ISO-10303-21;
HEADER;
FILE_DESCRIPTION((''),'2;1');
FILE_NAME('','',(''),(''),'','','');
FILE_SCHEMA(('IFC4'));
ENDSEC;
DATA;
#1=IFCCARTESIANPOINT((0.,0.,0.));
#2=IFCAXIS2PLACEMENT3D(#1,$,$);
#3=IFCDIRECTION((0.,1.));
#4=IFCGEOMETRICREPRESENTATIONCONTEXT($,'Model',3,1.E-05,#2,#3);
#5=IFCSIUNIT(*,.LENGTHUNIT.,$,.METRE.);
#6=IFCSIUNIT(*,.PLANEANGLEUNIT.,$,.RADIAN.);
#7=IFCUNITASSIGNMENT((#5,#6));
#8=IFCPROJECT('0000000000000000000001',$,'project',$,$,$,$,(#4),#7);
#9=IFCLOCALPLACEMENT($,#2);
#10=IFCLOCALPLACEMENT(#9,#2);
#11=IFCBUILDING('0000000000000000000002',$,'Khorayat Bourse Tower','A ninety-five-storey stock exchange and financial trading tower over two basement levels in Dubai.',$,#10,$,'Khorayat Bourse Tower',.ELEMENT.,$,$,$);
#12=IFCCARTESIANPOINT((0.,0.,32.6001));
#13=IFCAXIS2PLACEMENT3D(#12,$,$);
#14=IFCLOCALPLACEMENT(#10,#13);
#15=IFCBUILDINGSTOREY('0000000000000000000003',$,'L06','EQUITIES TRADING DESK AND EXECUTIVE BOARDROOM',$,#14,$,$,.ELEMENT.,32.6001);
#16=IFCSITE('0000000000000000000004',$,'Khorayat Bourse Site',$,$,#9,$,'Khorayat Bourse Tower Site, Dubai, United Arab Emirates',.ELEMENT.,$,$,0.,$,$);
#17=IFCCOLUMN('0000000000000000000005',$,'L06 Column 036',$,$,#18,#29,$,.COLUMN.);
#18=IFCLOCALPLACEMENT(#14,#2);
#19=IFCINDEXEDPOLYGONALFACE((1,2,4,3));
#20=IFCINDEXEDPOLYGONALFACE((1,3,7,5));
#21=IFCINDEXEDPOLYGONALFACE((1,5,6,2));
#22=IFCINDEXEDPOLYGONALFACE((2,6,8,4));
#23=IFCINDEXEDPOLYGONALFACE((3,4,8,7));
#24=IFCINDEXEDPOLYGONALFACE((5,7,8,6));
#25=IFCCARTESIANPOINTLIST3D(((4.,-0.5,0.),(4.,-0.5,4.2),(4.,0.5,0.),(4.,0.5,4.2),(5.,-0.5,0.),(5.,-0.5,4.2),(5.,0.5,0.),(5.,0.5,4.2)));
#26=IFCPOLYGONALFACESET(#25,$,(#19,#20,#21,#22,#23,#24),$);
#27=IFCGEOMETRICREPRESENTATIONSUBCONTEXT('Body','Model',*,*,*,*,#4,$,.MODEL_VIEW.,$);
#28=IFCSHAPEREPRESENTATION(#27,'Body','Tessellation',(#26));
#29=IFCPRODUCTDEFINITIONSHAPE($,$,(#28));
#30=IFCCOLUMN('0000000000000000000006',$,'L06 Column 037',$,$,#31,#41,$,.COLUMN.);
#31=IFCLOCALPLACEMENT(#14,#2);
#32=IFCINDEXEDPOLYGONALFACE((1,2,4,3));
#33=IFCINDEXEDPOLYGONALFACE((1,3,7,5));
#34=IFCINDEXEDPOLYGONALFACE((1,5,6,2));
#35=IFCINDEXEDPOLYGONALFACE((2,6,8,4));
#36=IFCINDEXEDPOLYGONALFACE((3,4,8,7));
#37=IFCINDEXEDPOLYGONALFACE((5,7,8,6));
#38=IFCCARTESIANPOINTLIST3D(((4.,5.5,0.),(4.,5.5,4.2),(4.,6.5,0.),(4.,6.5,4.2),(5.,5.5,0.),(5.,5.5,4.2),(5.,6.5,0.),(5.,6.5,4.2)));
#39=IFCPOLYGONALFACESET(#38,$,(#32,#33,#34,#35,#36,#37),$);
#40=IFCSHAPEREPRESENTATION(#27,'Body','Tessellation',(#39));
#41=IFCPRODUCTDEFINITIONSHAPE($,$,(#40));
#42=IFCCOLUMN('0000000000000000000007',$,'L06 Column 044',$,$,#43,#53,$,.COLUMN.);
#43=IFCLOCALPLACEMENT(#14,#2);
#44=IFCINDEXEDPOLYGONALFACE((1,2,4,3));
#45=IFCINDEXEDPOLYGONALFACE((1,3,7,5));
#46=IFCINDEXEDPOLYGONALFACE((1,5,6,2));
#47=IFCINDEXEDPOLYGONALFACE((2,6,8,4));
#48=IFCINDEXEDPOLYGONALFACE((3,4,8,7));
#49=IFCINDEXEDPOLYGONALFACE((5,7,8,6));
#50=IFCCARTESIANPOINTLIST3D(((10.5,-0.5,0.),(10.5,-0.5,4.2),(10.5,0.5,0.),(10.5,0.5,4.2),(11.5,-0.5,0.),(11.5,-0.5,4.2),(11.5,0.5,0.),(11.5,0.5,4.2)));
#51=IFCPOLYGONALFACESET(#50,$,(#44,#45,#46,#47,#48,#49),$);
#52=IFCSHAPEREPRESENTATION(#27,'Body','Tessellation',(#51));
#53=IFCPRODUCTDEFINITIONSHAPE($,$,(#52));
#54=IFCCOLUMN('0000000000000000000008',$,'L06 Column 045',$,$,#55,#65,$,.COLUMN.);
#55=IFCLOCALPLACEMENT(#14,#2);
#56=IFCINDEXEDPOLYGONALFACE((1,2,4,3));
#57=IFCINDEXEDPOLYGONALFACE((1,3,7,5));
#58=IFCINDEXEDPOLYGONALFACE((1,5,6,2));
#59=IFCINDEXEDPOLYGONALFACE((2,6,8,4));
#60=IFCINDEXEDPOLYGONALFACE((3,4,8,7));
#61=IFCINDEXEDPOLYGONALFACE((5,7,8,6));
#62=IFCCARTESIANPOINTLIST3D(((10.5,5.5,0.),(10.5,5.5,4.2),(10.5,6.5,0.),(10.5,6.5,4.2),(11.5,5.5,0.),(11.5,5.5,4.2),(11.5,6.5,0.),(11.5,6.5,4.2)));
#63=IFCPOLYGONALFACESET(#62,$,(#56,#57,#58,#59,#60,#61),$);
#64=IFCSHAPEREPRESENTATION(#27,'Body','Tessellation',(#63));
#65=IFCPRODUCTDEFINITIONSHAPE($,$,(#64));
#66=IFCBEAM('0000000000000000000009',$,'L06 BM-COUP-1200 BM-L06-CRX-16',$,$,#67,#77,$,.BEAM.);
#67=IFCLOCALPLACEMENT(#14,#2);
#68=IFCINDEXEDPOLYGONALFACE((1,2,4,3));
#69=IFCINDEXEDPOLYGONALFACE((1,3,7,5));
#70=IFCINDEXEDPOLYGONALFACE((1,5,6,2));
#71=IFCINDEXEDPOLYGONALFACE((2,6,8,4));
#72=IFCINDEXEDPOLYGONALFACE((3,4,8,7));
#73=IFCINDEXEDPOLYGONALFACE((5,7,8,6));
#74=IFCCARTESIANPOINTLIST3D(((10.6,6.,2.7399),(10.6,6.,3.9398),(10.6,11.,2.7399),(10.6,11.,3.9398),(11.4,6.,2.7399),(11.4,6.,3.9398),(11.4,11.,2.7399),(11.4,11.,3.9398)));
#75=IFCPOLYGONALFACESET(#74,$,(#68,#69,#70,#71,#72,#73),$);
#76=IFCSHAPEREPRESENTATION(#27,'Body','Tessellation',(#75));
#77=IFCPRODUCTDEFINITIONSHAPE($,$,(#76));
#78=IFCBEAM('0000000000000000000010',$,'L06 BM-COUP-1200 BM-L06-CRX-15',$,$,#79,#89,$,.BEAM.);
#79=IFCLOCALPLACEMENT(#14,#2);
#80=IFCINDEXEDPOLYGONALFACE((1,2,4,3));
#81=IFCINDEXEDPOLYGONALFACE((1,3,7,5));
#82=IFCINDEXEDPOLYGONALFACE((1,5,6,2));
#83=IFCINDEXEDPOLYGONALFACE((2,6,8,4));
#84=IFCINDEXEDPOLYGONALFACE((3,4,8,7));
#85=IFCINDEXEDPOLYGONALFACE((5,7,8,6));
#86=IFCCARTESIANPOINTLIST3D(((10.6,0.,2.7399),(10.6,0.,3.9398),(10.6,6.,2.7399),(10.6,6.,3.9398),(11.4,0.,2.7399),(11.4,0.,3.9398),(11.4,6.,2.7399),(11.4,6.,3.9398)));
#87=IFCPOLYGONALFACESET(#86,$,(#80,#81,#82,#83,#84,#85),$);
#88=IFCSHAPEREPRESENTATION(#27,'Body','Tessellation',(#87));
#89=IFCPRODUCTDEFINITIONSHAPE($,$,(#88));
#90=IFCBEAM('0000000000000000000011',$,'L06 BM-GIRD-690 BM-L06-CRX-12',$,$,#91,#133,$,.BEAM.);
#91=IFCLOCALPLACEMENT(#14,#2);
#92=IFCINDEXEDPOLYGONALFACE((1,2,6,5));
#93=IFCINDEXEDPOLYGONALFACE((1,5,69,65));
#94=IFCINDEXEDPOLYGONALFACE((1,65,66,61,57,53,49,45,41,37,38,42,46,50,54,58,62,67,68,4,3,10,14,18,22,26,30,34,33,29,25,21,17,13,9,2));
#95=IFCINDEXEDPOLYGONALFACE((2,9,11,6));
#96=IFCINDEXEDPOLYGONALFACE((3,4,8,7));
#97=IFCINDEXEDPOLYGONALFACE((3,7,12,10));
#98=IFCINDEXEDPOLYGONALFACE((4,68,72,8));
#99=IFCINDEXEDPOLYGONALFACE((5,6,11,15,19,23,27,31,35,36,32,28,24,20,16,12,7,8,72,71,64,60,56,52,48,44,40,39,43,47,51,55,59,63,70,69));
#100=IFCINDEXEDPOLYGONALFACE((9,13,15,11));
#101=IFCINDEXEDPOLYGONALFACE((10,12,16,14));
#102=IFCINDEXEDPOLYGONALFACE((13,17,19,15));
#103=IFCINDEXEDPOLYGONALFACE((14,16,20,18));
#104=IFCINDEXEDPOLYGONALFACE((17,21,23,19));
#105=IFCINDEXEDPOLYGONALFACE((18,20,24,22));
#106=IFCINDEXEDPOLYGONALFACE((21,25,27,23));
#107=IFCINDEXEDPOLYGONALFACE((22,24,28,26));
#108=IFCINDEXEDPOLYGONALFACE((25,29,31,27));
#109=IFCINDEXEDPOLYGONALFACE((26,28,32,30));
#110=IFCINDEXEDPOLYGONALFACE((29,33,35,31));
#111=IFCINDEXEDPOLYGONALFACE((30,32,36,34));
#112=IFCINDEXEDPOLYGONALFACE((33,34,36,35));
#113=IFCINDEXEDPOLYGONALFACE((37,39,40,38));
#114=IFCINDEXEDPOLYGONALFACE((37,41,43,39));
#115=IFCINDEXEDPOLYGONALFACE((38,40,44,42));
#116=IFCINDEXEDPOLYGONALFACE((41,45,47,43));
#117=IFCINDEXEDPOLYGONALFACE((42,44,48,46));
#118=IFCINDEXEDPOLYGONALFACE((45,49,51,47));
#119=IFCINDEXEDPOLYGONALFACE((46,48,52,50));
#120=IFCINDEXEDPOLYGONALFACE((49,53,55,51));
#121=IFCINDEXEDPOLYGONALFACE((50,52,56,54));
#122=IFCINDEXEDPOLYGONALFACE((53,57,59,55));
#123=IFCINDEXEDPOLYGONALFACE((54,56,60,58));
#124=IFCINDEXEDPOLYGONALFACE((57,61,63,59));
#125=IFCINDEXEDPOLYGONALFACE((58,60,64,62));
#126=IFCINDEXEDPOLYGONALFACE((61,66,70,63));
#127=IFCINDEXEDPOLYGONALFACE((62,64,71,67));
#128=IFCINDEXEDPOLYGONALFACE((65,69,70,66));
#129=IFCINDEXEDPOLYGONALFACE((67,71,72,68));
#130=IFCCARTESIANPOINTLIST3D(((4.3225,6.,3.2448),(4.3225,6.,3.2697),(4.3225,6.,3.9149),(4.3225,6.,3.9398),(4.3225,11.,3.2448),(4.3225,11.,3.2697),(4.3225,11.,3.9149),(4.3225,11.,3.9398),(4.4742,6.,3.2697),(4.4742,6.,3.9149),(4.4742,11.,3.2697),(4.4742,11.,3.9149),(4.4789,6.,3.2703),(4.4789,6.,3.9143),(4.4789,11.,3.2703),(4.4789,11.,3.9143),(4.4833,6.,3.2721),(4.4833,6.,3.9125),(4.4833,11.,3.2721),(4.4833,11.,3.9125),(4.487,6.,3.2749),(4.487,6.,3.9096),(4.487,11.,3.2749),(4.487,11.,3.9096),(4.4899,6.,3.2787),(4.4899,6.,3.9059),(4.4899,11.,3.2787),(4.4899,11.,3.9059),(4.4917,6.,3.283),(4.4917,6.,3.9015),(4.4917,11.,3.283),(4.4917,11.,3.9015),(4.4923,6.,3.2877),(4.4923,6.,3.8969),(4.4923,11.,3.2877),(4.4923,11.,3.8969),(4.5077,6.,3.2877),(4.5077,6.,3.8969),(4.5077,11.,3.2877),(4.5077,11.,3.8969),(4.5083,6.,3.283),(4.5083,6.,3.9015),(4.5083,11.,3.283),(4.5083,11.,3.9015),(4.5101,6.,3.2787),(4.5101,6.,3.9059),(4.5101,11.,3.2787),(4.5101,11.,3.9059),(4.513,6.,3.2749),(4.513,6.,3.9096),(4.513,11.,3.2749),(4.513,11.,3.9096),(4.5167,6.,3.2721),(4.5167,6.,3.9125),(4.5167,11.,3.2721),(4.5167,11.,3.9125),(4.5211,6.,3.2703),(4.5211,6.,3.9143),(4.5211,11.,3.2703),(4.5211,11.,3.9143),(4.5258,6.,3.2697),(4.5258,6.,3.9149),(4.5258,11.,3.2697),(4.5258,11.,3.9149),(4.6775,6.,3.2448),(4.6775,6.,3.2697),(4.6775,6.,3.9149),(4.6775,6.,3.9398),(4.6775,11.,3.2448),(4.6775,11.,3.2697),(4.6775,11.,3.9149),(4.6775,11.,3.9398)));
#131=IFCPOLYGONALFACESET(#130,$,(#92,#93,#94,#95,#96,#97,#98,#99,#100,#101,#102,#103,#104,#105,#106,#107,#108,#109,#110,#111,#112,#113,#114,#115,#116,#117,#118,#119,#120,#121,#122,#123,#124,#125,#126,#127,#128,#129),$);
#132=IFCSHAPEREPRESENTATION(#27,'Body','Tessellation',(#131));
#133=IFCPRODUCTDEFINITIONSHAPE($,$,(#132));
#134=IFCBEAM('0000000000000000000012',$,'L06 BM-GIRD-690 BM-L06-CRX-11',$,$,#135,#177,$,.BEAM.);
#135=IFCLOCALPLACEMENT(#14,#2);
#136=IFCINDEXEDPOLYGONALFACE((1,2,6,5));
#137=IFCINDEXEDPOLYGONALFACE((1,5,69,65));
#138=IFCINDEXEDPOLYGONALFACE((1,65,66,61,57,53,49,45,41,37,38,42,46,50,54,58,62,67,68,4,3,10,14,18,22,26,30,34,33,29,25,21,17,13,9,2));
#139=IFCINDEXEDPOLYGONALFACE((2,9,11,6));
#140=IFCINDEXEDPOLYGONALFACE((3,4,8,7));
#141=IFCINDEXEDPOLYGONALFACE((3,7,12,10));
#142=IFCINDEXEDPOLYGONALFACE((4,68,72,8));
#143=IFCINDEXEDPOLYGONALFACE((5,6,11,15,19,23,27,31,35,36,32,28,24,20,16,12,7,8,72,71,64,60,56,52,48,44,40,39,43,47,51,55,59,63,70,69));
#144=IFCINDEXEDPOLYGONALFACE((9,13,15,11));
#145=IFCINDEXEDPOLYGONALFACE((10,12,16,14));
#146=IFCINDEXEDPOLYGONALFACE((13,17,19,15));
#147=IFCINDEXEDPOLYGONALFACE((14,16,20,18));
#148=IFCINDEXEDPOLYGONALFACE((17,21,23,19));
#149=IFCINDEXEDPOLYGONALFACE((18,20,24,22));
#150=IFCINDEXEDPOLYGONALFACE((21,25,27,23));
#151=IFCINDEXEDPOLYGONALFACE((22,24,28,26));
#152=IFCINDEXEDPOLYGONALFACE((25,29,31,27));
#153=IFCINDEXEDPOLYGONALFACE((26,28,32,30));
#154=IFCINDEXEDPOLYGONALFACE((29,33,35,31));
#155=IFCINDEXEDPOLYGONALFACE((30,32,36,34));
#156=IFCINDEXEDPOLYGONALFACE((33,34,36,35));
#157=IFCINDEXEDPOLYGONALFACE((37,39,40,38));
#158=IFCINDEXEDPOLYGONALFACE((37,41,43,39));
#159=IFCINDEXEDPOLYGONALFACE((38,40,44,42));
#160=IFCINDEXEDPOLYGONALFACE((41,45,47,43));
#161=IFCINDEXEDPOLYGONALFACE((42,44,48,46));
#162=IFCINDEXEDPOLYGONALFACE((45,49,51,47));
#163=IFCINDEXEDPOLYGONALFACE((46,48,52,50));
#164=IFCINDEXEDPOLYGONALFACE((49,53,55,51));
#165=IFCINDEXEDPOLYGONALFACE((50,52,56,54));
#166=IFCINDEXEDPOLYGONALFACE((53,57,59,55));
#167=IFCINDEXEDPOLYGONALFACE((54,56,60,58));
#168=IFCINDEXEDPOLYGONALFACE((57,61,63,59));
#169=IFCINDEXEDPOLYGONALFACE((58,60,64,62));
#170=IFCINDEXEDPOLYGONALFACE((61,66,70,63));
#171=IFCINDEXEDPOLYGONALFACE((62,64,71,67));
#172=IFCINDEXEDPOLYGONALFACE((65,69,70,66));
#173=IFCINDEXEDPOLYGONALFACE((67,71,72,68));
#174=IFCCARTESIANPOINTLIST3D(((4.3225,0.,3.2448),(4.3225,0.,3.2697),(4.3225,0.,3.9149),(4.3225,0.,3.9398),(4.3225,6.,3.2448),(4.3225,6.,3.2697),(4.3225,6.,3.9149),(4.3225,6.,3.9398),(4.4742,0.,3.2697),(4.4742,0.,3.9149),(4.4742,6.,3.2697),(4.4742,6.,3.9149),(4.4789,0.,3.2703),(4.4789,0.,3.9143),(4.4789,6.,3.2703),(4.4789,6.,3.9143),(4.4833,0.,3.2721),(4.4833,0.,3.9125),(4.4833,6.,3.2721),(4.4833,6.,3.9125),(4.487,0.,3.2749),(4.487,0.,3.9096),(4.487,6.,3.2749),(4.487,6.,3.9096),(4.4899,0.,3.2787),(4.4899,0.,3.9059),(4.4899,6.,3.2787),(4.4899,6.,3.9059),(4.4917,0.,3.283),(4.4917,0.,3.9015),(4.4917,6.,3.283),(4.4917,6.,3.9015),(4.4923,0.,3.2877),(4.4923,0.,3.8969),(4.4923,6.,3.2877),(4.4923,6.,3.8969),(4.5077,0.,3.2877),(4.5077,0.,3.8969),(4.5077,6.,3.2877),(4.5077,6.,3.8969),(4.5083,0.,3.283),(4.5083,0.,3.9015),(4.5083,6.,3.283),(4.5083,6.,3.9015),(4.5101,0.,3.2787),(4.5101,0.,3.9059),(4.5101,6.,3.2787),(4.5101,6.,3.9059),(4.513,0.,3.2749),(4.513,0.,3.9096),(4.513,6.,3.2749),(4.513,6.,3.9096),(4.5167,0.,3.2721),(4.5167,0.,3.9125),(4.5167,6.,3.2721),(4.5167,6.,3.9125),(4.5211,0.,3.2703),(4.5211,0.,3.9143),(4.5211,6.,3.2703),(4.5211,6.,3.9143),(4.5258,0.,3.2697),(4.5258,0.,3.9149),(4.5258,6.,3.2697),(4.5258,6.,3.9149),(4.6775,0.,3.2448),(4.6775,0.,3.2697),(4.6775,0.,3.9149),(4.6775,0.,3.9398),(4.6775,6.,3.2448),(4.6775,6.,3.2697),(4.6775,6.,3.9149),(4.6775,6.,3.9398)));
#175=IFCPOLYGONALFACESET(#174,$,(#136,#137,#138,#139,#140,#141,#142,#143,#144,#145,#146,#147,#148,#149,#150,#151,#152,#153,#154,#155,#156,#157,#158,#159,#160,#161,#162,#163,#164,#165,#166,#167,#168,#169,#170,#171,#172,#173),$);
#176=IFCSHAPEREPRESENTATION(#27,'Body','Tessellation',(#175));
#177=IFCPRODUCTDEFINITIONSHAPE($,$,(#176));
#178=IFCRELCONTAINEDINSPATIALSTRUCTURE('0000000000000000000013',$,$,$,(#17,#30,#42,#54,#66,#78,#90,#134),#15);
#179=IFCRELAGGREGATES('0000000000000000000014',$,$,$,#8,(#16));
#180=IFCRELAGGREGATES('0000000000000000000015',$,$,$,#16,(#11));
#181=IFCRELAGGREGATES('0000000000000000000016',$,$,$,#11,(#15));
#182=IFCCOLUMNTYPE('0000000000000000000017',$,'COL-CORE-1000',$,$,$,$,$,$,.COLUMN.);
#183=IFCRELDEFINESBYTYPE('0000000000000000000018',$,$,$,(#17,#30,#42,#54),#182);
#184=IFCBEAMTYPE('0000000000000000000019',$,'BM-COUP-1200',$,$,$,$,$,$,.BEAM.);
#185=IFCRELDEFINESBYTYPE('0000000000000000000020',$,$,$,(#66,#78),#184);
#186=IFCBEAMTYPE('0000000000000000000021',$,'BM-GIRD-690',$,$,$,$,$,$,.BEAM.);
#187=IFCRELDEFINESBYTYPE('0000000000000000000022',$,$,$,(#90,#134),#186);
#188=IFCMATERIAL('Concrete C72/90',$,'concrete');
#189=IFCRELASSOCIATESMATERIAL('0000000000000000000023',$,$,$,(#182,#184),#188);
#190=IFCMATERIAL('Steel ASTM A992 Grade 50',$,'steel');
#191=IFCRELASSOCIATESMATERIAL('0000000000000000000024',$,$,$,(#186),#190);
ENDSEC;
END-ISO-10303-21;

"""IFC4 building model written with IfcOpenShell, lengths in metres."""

from ifc_helpers import new_model, si_unit, direction, frame, origin, origin_2d, place, context, subcontext, project, spatial, rectangle, i_section, extrude, source, transform, mapped, material, material_profile, profile_set, type_object, element, save


model = new_model("IFC4")

# Units and contexts
model_context = context("Model", 3, precision=1e-05, world=origin(), true_north=direction((0.0, 1.0)))
body_context = subcontext(model_context, "Body", "Model", "MODEL_VIEW")
ifc_project = project(units=[si_unit("LENGTHUNIT", "METRE"), si_unit("PLANEANGLEUNIT", "RADIAN")], contexts=[model_context])

# Site, building, storey
site_placement = place(None, origin())
site = spatial("IfcSite", under=ifc_project, at=site_placement, Name="Khorayat Bourse Site", LongName="Khorayat Bourse Tower Site, Dubai, United Arab Emirates", CompositionType="ELEMENT", RefElevation=0.0)
building_placement = place(site_placement, origin())
building = spatial("IfcBuilding", under=site, at=building_placement, Name="Khorayat Bourse Tower", Description="A ninety-five-storey stock exchange and financial trading tower over two basement levels in Dubai.", LongName="Khorayat Bourse Tower", CompositionType="ELEMENT")
storey_placement = place(building_placement, frame((0.0, 0.0, 32.6001)))
storey = spatial("IfcBuildingStorey", under=building, at=storey_placement, Name="L06", Description="EQUITIES TRADING DESK AND EXECUTIVE BOARDROOM", CompositionType="ELEMENT", Elevation=32.6001)

# Columns
ifc_material_1 = material(Name="Concrete C72/90", Category="concrete")
ifc_material_profile_1 = material_profile(ifc_material_1, rectangle(XDim=1.0, YDim=1.0, at=origin_2d()), Name="RC 1000x1000")
ifc_profile_set_1 = profile_set([ifc_material_profile_1], Name="Concrete C72/90")
column_type = type_object("IfcColumnType", Name="COL-CORE-1000", PredefinedType="COLUMN", material=ifc_profile_set_1)
shared_shape_1 = source(origin(), body_context, "Body", "SweptSolid", [
    extrude(rectangle(XDim=1.0, YDim=1.0, at=origin_2d()), origin(), (0.0, 0.0, 1.0), 4.2),
])
for number, where, z_axis, x_axis, name in (
    (1, (4.5, 0.0, 0.0), (0.0, 0.0, 1.0), (1.0, 0.0, 0.0), "L06 Column 036"),
    (2, (4.5, 6.0, 0.0), (0.0, 0.0, 1.0), (1.0, 0.0, 0.0), "L06 Column 037"),
    (3, (11.0, 0.0, 0.0), (0.0, 0.0, 1.0), (1.0, 0.0, 0.0), "L06 Column 044"),
    (4, (11.0, 6.0, 0.0), (0.0, 0.0, 1.0), (1.0, 0.0, 0.0), "L06 Column 045"),
):
    element("IfcColumn", number, at=place(storey_placement, frame(where, z_axis=z_axis, x_axis=x_axis)), inside=storey, type_object=column_type, Name=name, PredefinedType="COLUMN", context=body_context, shape_type="MappedRepresentation", body=[
        mapped(shared_shape_1, transform((0.0, 0.0, 0.0), scale=1.0)),
    ])

# Beams
ifc_material_profile_2 = material_profile(ifc_material_1, rectangle(XDim=0.8, YDim=1.2, at=origin_2d()), Name="RC 800x1200")
ifc_profile_set_2 = profile_set([ifc_material_profile_2], Name="Concrete C72/90")
beam_type_1 = type_object("IfcBeamType", Name="BM-COUP-1200", PredefinedType="BEAM", material=ifc_profile_set_2)
shared_shape_2 = source(origin(), body_context, "Body", "SweptSolid", [
    extrude(rectangle(XDim=0.8, YDim=1.2, at=origin_2d()), origin(), (0.0, 0.0, 1.0), 5.0),
])
beam_1_placement = place(storey_placement, frame((11.0, 6.0, 3.3398), z_axis=(0.0, 1.0, 0.0), x_axis=(-1.0, 0.0, 0.0)))
element("IfcBeam", 5, at=beam_1_placement, inside=storey, type_object=beam_type_1, Name="L06 BM-COUP-1200 BM-L06-CRX-16", PredefinedType="BEAM", context=body_context, shape_type="MappedRepresentation", body=[
    mapped(shared_shape_2, transform((0.0, 0.0, 0.0), scale=1.0)),
])
shared_shape_3 = source(origin(), body_context, "Body", "SweptSolid", [
    extrude(rectangle(XDim=0.8, YDim=1.2, at=origin_2d()), origin(), (0.0, 0.0, 1.0), 6.0),
])
beam_2_placement = place(storey_placement, frame((11.0, 0.0, 3.3398), z_axis=(0.0, 1.0, 0.0), x_axis=(-1.0, 0.0, 0.0)))
element("IfcBeam", 6, at=beam_2_placement, inside=storey, type_object=beam_type_1, Name="L06 BM-COUP-1200 BM-L06-CRX-15", PredefinedType="BEAM", context=body_context, shape_type="MappedRepresentation", body=[
    mapped(shared_shape_3, transform((0.0, 0.0, 0.0), scale=1.0)),
])
ifc_material_2 = material(Name="Steel ASTM A992 Grade 50", Category="steel")
ifc_material_profile_3 = material_profile(ifc_material_2, i_section(OverallWidth=0.355, OverallDepth=0.6951, WebThickness=0.0154, FlangeThickness=0.0249, FilletRadius=0.0181, at=origin_2d()), Name="W690X217")
ifc_profile_set_3 = profile_set([ifc_material_profile_3], Name="Steel ASTM A992 Grade 50")
beam_type_2 = type_object("IfcBeamType", Name="BM-GIRD-690", PredefinedType="BEAM", material=ifc_profile_set_3)
shared_shape_4 = source(origin(), body_context, "Body", "SweptSolid", [
    extrude(i_section(OverallWidth=0.355, OverallDepth=0.6951, WebThickness=0.0154, FlangeThickness=0.0249, FilletRadius=0.0181, at=origin_2d()), origin(), (0.0, 0.0, 1.0), 5.0),
])
beam_3_placement = place(storey_placement, frame((4.5, 6.0, 3.5923), z_axis=(0.0, 1.0, 0.0), x_axis=(-1.0, 0.0, 0.0)))
element("IfcBeam", 7, at=beam_3_placement, inside=storey, type_object=beam_type_2, Name="L06 BM-GIRD-690 BM-L06-CRX-12", PredefinedType="BEAM", context=body_context, shape_type="MappedRepresentation", body=[
    mapped(shared_shape_4, transform((0.0, 0.0, 0.0), scale=1.0)),
])
shared_shape_5 = source(origin(), body_context, "Body", "SweptSolid", [
    extrude(i_section(OverallWidth=0.355, OverallDepth=0.6951, WebThickness=0.0154, FlangeThickness=0.0249, FilletRadius=0.0181, at=origin_2d()), origin(), (0.0, 0.0, 1.0), 6.0),
])
beam_4_placement = place(storey_placement, frame((4.5, 0.0, 3.5923), z_axis=(0.0, 1.0, 0.0), x_axis=(-1.0, 0.0, 0.0)))
element("IfcBeam", 8, at=beam_4_placement, inside=storey, type_object=beam_type_2, Name="L06 BM-GIRD-690 BM-L06-CRX-11", PredefinedType="BEAM", context=body_context, shape_type="MappedRepresentation", body=[
    mapped(shared_shape_5, transform((0.0, 0.0, 0.0), scale=1.0)),
])

save(model, "model.ifc")
